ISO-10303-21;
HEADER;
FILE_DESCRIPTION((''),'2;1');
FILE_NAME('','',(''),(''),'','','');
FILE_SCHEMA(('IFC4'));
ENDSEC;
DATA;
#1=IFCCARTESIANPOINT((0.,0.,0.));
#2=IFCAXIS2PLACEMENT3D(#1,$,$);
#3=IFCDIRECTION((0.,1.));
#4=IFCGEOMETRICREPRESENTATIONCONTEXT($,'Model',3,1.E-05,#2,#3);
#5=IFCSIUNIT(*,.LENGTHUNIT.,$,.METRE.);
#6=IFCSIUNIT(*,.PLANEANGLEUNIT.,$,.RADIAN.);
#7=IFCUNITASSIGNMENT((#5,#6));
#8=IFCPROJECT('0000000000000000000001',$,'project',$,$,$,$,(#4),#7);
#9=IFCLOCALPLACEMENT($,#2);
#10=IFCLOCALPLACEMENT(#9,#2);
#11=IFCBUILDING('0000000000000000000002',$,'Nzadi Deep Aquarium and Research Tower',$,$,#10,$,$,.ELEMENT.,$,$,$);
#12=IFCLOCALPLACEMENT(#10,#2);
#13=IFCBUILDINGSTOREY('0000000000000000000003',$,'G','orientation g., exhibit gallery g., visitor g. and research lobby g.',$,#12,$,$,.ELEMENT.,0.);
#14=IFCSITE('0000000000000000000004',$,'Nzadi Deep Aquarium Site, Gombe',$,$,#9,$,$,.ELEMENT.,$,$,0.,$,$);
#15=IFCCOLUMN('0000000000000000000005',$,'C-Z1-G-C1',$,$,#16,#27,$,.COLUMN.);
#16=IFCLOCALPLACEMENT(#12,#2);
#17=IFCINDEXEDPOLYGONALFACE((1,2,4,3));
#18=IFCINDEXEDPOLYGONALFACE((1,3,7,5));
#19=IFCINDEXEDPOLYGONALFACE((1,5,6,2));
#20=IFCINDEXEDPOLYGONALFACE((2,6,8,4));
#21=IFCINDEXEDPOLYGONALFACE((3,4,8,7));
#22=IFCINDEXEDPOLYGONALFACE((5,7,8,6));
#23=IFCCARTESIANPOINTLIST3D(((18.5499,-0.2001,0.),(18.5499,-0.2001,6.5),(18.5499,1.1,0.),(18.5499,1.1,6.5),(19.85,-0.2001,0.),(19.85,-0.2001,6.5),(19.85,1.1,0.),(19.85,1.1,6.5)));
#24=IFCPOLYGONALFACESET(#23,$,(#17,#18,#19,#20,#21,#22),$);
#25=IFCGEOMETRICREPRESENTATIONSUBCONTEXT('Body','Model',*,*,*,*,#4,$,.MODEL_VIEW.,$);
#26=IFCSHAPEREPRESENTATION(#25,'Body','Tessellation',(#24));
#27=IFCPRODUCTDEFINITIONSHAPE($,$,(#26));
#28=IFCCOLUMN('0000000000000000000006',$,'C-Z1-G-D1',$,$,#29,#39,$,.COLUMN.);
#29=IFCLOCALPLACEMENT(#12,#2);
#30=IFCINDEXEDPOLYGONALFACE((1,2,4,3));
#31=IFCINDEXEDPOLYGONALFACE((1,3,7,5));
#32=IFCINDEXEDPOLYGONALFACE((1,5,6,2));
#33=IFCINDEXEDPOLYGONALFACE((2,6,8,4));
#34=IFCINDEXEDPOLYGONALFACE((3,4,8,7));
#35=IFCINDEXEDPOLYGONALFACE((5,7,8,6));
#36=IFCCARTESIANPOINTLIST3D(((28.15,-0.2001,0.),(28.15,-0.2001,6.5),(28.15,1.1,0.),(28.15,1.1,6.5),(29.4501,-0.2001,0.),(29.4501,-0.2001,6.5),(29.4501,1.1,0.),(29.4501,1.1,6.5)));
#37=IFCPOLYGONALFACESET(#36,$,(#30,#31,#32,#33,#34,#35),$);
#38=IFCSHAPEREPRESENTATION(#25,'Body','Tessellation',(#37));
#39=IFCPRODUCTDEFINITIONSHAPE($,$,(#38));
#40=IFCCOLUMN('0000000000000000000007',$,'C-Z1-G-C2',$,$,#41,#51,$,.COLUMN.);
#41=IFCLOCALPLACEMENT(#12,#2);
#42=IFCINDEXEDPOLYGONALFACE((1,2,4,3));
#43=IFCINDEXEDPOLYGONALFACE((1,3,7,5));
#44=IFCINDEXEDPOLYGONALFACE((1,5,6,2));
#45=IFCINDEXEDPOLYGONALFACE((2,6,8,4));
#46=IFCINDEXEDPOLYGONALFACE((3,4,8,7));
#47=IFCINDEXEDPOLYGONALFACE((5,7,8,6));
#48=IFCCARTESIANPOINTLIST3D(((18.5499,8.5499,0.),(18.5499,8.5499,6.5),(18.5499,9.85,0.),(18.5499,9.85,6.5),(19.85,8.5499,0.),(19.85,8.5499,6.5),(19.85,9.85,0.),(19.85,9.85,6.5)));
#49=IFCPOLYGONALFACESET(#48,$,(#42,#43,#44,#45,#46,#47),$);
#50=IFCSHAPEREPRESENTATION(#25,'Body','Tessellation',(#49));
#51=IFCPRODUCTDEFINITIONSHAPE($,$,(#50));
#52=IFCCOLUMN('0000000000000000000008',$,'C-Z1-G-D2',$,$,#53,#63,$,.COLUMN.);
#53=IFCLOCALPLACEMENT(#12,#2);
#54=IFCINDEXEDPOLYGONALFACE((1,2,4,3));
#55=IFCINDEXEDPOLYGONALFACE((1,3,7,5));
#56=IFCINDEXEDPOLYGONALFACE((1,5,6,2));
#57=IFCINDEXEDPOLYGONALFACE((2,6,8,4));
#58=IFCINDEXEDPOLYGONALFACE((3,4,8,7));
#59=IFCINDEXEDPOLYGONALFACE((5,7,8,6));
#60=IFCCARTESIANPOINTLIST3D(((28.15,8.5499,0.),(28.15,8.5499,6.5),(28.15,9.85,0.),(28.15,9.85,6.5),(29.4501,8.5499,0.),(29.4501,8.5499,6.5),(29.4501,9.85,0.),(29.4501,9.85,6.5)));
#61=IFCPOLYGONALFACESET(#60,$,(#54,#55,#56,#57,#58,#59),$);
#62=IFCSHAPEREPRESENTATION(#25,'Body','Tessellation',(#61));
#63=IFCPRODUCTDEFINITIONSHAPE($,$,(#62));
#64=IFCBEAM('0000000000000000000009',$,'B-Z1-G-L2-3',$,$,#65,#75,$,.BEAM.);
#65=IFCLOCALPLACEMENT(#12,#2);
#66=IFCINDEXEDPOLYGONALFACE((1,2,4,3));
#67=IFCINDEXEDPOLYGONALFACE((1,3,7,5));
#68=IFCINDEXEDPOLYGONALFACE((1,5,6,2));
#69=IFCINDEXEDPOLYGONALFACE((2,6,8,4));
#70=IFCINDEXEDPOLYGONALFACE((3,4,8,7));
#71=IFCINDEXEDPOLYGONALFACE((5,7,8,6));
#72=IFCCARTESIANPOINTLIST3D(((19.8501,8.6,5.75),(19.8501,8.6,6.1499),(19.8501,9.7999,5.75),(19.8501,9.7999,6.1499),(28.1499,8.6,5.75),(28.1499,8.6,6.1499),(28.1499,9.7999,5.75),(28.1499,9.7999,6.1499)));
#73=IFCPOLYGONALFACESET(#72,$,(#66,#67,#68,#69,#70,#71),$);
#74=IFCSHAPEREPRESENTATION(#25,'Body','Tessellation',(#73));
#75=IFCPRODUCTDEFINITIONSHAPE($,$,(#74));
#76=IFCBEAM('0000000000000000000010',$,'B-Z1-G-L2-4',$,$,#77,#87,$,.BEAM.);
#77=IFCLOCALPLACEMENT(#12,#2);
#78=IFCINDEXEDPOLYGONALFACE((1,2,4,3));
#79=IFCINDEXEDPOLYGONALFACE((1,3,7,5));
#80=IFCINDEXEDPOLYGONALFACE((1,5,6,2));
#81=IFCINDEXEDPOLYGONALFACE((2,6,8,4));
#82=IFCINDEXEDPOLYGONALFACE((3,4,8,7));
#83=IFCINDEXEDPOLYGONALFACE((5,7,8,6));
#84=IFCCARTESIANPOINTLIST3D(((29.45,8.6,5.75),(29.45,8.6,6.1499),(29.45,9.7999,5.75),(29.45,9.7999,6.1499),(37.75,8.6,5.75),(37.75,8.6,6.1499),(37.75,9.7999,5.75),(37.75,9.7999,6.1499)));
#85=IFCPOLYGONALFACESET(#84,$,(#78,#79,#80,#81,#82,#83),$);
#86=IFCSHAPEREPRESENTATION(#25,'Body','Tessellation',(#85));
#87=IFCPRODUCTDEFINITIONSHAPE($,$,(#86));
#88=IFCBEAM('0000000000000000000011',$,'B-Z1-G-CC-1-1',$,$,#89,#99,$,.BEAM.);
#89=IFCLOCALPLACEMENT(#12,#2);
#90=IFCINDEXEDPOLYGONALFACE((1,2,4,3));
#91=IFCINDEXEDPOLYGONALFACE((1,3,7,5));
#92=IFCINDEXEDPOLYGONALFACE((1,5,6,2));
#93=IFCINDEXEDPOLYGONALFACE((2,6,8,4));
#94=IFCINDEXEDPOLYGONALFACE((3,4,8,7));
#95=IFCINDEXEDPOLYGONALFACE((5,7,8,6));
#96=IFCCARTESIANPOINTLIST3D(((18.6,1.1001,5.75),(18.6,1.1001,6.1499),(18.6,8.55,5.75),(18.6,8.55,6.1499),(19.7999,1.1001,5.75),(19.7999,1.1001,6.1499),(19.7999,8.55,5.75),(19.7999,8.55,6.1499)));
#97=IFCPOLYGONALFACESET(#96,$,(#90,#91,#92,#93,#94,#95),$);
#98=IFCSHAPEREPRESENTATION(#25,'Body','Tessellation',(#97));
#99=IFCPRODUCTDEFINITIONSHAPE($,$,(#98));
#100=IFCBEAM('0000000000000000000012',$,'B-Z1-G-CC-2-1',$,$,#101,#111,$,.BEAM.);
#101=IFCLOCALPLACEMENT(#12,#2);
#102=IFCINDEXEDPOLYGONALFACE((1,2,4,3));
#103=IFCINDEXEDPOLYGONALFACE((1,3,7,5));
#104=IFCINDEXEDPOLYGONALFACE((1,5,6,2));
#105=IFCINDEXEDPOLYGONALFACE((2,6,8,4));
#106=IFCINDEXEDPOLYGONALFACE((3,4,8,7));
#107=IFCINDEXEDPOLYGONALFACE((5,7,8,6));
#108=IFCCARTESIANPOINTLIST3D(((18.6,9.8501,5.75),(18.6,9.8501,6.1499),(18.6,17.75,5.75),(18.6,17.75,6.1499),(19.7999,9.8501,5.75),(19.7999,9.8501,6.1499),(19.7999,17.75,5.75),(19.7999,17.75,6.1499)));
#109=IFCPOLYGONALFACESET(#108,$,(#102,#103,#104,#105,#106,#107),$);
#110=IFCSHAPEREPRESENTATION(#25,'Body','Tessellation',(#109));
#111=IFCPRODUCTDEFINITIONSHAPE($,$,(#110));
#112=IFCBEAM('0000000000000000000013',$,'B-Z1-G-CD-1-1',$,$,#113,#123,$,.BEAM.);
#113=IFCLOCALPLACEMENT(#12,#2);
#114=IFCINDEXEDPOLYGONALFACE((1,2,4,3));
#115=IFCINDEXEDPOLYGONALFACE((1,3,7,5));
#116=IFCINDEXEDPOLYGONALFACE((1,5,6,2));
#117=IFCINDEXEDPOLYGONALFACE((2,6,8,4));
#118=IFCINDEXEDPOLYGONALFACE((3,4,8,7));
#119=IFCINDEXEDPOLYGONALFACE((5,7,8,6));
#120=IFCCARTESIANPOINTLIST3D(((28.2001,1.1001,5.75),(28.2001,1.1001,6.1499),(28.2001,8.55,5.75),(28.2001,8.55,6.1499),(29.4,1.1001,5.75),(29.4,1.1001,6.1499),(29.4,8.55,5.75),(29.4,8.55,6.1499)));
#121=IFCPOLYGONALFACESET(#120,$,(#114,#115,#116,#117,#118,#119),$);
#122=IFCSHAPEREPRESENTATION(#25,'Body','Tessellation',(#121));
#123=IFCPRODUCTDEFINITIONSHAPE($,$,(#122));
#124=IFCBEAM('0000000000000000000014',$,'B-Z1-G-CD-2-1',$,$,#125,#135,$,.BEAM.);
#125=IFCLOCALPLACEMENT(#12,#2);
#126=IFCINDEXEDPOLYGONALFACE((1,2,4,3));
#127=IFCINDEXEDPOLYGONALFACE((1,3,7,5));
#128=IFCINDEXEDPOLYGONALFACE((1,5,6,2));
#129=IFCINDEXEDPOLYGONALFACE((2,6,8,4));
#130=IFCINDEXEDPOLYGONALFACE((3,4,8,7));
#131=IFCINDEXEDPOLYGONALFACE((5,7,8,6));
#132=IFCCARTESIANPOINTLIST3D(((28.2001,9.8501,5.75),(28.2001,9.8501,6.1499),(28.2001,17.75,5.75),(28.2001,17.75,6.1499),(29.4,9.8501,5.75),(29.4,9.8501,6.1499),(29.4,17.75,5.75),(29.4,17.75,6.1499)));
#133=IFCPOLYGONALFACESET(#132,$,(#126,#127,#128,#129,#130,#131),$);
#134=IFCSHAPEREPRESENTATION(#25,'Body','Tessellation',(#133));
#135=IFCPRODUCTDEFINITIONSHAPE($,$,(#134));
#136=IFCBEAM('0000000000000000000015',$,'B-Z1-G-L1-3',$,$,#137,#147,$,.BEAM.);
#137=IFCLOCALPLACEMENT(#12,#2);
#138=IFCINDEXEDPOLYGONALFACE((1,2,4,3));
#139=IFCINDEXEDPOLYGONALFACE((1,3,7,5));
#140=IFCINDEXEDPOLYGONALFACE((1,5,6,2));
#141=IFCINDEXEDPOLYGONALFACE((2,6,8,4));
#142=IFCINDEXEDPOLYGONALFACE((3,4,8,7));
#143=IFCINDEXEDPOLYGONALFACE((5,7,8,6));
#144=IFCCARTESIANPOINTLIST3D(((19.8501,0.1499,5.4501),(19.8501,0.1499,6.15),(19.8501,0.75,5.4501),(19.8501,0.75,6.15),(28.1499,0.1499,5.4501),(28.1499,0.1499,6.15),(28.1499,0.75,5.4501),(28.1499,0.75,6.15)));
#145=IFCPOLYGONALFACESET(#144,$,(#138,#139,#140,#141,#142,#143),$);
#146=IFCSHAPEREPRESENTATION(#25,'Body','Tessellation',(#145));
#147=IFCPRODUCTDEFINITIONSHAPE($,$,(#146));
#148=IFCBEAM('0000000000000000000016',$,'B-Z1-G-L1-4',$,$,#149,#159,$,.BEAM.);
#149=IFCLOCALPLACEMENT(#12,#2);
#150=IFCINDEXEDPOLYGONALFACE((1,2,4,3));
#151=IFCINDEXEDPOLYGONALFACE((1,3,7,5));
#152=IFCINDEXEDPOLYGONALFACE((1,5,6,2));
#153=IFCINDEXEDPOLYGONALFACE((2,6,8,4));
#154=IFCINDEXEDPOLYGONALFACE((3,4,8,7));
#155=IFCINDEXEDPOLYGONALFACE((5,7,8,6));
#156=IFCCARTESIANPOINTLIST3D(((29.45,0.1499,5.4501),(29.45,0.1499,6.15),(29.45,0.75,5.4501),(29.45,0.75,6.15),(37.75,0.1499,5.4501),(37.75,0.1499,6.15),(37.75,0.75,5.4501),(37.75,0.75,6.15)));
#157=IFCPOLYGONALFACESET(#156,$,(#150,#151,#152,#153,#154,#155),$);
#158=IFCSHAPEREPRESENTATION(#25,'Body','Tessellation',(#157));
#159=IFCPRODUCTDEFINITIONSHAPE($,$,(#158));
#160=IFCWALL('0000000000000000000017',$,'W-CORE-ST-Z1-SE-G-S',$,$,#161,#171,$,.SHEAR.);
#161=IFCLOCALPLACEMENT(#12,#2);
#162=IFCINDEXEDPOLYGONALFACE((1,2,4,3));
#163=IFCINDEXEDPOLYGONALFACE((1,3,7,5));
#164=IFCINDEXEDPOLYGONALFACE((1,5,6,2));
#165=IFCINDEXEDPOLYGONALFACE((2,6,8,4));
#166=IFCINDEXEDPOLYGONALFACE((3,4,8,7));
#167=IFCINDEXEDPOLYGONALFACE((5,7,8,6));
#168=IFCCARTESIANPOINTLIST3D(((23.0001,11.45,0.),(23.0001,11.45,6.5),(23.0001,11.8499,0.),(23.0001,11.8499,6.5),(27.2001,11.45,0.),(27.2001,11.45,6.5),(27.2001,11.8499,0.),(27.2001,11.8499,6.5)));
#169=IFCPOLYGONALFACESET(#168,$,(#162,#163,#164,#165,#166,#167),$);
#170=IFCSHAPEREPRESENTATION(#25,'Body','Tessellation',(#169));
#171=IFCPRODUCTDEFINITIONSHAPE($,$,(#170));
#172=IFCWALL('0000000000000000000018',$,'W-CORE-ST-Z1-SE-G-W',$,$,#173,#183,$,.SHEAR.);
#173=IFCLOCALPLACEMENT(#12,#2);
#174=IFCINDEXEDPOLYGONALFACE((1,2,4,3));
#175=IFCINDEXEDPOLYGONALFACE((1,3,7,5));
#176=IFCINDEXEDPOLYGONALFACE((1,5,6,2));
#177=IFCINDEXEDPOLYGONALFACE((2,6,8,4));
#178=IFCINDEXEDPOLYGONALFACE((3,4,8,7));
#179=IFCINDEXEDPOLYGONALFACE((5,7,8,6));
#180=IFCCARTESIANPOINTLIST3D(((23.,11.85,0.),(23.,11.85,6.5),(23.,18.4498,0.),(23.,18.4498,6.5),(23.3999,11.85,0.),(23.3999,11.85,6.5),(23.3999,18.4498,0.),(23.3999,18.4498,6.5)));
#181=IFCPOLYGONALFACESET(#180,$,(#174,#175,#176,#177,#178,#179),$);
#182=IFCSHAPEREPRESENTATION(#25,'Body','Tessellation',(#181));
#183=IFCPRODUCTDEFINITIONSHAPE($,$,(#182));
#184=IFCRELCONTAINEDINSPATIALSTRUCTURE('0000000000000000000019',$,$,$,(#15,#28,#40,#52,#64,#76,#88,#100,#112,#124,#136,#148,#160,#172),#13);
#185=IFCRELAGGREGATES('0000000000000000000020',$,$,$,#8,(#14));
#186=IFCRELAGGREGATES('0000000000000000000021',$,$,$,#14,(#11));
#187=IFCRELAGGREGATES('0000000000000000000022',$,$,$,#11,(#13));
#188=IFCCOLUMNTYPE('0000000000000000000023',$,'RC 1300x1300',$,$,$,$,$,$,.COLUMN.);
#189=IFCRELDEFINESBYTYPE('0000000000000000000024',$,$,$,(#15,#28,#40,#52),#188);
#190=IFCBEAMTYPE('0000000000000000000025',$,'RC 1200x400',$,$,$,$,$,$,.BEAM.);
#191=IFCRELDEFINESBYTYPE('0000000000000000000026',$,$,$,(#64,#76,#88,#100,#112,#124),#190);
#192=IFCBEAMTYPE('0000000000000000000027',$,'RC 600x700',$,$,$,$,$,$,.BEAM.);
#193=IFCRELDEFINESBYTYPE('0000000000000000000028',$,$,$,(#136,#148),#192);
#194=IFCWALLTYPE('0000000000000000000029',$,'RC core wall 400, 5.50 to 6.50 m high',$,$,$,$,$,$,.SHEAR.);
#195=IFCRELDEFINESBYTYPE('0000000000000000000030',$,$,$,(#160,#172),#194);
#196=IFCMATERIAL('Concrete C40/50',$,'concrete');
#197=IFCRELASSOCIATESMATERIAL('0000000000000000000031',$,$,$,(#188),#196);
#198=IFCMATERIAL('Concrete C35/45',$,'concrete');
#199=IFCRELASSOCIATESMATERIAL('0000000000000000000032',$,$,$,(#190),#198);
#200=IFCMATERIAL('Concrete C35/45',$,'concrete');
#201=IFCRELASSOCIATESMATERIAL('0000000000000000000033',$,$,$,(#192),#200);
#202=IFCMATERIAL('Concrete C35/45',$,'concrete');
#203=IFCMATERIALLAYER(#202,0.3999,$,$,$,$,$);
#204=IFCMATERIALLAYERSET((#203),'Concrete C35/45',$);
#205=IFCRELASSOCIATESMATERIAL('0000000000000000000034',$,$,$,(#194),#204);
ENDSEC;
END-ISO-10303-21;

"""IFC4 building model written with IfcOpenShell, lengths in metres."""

from ifc_helpers import new_model, si_unit, direction, frame, frame_2d, origin, origin_2d, place, context, subcontext, project, spatial, rectangle, extrude, material, layer, layer_set, material_profile, profile_set, type_object, element, save


model = new_model("IFC4")

# Units and contexts
model_context = context("Model", 3, precision=1e-05, world=origin(), true_north=direction((0.0, 1.0)))
body_context = subcontext(model_context, "Body", "Model", "MODEL_VIEW")
ifc_project = project(units=[si_unit("LENGTHUNIT", "METRE"), si_unit("PLANEANGLEUNIT", "RADIAN")], contexts=[model_context])

# Site, building, storey
site_placement = place(None, origin())
site = spatial("IfcSite", under=ifc_project, at=site_placement, Name="Nzadi Deep Aquarium Site, Gombe", CompositionType="ELEMENT", RefElevation=0.0)
building_placement = place(site_placement, origin())
building = spatial("IfcBuilding", under=site, at=building_placement, Name="Nzadi Deep Aquarium and Research Tower", CompositionType="ELEMENT")
storey_placement = place(building_placement, origin())
storey = spatial("IfcBuildingStorey", under=building, at=storey_placement, Name="G", Description="orientation g., exhibit gallery g., visitor g. and research lobby g.", CompositionType="ELEMENT", Elevation=0.0)

# Columns
ifc_material_1 = material(Name="Concrete C40/50", Category="concrete")
ifc_material_profile_1 = material_profile(ifc_material_1, rectangle(XDim=1.3, YDim=1.3, at=origin_2d()))
ifc_profile_set_1 = profile_set([ifc_material_profile_1], Name="Concrete C40/50")
column_type = type_object("IfcColumnType", Name="RC 1300x1300", PredefinedType="COLUMN", material=ifc_profile_set_1)
for number, where, z_axis, x_axis, name in (
    (1, (19.2, 0.45, 0.0), (0.0, 0.0, 1.0), (1.0, 0.0, 0.0), "C-Z1-G-C1"),
    (2, (28.8, 0.45, 0.0), (0.0, 0.0, 1.0), (1.0, 0.0, 0.0), "C-Z1-G-D1"),
    (3, (19.2, 9.2, 0.0), (0.0, 0.0, 1.0), (1.0, 0.0, 0.0), "C-Z1-G-C2"),
    (4, (28.8, 9.2, 0.0), (0.0, 0.0, 1.0), (1.0, 0.0, 0.0), "C-Z1-G-D2"),
):
    element("IfcColumn", number, at=place(storey_placement, frame(where, z_axis=z_axis, x_axis=x_axis)), inside=storey, type_object=column_type, Name=name, PredefinedType="COLUMN", context=body_context, shape_type="SweptSolid", body=[
        extrude(rectangle(XDim=1.3, YDim=1.3, at=origin_2d()), origin(), (0.0, 0.0, 1.0), 6.5),
    ])

# Beams
ifc_material_2 = material(Name="Concrete C35/45", Category="concrete")
ifc_material_profile_2 = material_profile(ifc_material_2, rectangle(XDim=1.2, YDim=0.3999, at=origin_2d()))
ifc_profile_set_2 = profile_set([ifc_material_profile_2], Name="Concrete C35/45")
beam_type_1 = type_object("IfcBeamType", Name="RC 1200x400", PredefinedType="BEAM", material=ifc_profile_set_2)
beam_1_placement = place(storey_placement, frame((19.8501, 9.2, 5.95), z_axis=(1.0, 0.0, 0.0), x_axis=(0.0, 1.0, 0.0)))
element("IfcBeam", 5, at=beam_1_placement, inside=storey, type_object=beam_type_1, Name="B-Z1-G-L2-3", PredefinedType="BEAM", context=body_context, shape_type="SweptSolid", body=[
    extrude(rectangle(XDim=1.2, YDim=0.3999, at=origin_2d()), origin(), (0.0, 0.0, 1.0), 8.2998),
])
beam_2_placement = place(storey_placement, frame((29.45, 9.2, 5.95), z_axis=(1.0, 0.0, 0.0), x_axis=(0.0, 1.0, 0.0)))
element("IfcBeam", 6, at=beam_2_placement, inside=storey, type_object=beam_type_1, Name="B-Z1-G-L2-4", PredefinedType="BEAM", context=body_context, shape_type="SweptSolid", body=[
    extrude(rectangle(XDim=1.2, YDim=0.3999, at=origin_2d()), origin(), (0.0, 0.0, 1.0), 8.3),
])
beam_3_placement = place(storey_placement, frame((19.2, 1.1001, 5.95), z_axis=(0.0, 1.0, 0.0), x_axis=(-1.0, 0.0, 0.0)))
element("IfcBeam", 7, at=beam_3_placement, inside=storey, type_object=beam_type_1, Name="B-Z1-G-CC-1-1", PredefinedType="BEAM", context=body_context, shape_type="SweptSolid", body=[
    extrude(rectangle(XDim=1.2, YDim=0.3999, at=origin_2d()), origin(), (0.0, 0.0, 1.0), 7.45),
])
beam_4_placement = place(storey_placement, frame((19.2, 9.8501, 5.95), z_axis=(0.0, 1.0, 0.0), x_axis=(-1.0, 0.0, 0.0)))
element("IfcBeam", 8, at=beam_4_placement, inside=storey, type_object=beam_type_1, Name="B-Z1-G-CC-2-1", PredefinedType="BEAM", context=body_context, shape_type="SweptSolid", body=[
    extrude(rectangle(XDim=1.2, YDim=0.3999, at=origin_2d()), origin(), (0.0, 0.0, 1.0), 7.8999),
])
beam_5_placement = place(storey_placement, frame((28.8, 1.1001, 5.95), z_axis=(0.0, 1.0, 0.0), x_axis=(-1.0, 0.0, 0.0)))
element("IfcBeam", 9, at=beam_5_placement, inside=storey, type_object=beam_type_1, Name="B-Z1-G-CD-1-1", PredefinedType="BEAM", context=body_context, shape_type="SweptSolid", body=[
    extrude(rectangle(XDim=1.2, YDim=0.3999, at=origin_2d()), origin(), (0.0, 0.0, 1.0), 7.45),
])
beam_6_placement = place(storey_placement, frame((28.8, 9.8501, 5.95), z_axis=(0.0, 1.0, 0.0), x_axis=(-1.0, 0.0, 0.0)))
element("IfcBeam", 10, at=beam_6_placement, inside=storey, type_object=beam_type_1, Name="B-Z1-G-CD-2-1", PredefinedType="BEAM", context=body_context, shape_type="SweptSolid", body=[
    extrude(rectangle(XDim=1.2, YDim=0.3999, at=origin_2d()), origin(), (0.0, 0.0, 1.0), 7.8999),
])
ifc_material_3 = material(Name="Concrete C35/45", Category="concrete")
ifc_material_profile_3 = material_profile(ifc_material_3, rectangle(XDim=0.6001, YDim=0.7, at=origin_2d()))
ifc_profile_set_3 = profile_set([ifc_material_profile_3], Name="Concrete C35/45")
beam_type_2 = type_object("IfcBeamType", Name="RC 600x700", PredefinedType="BEAM", material=ifc_profile_set_3)
beam_7_placement = place(storey_placement, frame((19.8501, 0.45, 5.8), z_axis=(1.0, 0.0, 0.0), x_axis=(0.0, 1.0, 0.0)))
element("IfcBeam", 11, at=beam_7_placement, inside=storey, type_object=beam_type_2, Name="B-Z1-G-L1-3", PredefinedType="BEAM", context=body_context, shape_type="SweptSolid", body=[
    extrude(rectangle(XDim=0.6001, YDim=0.7, at=origin_2d()), origin(), (0.0, 0.0, 1.0), 8.2998),
])
beam_8_placement = place(storey_placement, frame((29.45, 0.45, 5.8), z_axis=(1.0, 0.0, 0.0), x_axis=(0.0, 1.0, 0.0)))
element("IfcBeam", 12, at=beam_8_placement, inside=storey, type_object=beam_type_2, Name="B-Z1-G-L1-4", PredefinedType="BEAM", context=body_context, shape_type="SweptSolid", body=[
    extrude(rectangle(XDim=0.6001, YDim=0.7, at=origin_2d()), origin(), (0.0, 0.0, 1.0), 8.3),
])

# Walls
ifc_material_4 = material(Name="Concrete C35/45", Category="concrete")
ifc_layer_1 = layer(ifc_material_4, 0.3999)
ifc_layer_set_1 = layer_set([ifc_layer_1], Name="Concrete C35/45")
wall_type_1 = type_object("IfcWallType", Name="RC core wall 400, 5.50 to 6.50 m high", PredefinedType="SHEAR", material=ifc_layer_set_1)
wall_1_placement = place(storey_placement, frame((23.0, 11.6499, 0.0), z_axis=(0.0, 0.0, 1.0), x_axis=(1.0, 0.0, 0.0)))
element("IfcWall", 13, at=wall_1_placement, inside=storey, type_object=wall_type_1, Name="W-CORE-ST-Z1-SE-G-S", PredefinedType="SHEAR", context=body_context, shape_type="SweptSolid", body=[
    extrude(rectangle(XDim=4.2, YDim=0.3999, at=frame_2d((2.1001, 0.0))), origin(), (0.0, 0.0, 1.0), 6.5),
])
wall_2_placement = place(storey_placement, frame((23.2, 11.8501, 0.0), z_axis=(0.0, 0.0, 1.0), x_axis=(0.0, 1.0, 0.0)))
element("IfcWall", 14, at=wall_2_placement, inside=storey, type_object=wall_type_1, Name="W-CORE-ST-Z1-SE-G-W", PredefinedType="SHEAR", context=body_context, shape_type="SweptSolid", body=[
    extrude(rectangle(XDim=6.5999, YDim=0.3999, at=frame_2d((3.2998, 0.0))), origin(), (0.0, 0.0, 1.0), 6.5),
])

save(model, "model.ifc")
